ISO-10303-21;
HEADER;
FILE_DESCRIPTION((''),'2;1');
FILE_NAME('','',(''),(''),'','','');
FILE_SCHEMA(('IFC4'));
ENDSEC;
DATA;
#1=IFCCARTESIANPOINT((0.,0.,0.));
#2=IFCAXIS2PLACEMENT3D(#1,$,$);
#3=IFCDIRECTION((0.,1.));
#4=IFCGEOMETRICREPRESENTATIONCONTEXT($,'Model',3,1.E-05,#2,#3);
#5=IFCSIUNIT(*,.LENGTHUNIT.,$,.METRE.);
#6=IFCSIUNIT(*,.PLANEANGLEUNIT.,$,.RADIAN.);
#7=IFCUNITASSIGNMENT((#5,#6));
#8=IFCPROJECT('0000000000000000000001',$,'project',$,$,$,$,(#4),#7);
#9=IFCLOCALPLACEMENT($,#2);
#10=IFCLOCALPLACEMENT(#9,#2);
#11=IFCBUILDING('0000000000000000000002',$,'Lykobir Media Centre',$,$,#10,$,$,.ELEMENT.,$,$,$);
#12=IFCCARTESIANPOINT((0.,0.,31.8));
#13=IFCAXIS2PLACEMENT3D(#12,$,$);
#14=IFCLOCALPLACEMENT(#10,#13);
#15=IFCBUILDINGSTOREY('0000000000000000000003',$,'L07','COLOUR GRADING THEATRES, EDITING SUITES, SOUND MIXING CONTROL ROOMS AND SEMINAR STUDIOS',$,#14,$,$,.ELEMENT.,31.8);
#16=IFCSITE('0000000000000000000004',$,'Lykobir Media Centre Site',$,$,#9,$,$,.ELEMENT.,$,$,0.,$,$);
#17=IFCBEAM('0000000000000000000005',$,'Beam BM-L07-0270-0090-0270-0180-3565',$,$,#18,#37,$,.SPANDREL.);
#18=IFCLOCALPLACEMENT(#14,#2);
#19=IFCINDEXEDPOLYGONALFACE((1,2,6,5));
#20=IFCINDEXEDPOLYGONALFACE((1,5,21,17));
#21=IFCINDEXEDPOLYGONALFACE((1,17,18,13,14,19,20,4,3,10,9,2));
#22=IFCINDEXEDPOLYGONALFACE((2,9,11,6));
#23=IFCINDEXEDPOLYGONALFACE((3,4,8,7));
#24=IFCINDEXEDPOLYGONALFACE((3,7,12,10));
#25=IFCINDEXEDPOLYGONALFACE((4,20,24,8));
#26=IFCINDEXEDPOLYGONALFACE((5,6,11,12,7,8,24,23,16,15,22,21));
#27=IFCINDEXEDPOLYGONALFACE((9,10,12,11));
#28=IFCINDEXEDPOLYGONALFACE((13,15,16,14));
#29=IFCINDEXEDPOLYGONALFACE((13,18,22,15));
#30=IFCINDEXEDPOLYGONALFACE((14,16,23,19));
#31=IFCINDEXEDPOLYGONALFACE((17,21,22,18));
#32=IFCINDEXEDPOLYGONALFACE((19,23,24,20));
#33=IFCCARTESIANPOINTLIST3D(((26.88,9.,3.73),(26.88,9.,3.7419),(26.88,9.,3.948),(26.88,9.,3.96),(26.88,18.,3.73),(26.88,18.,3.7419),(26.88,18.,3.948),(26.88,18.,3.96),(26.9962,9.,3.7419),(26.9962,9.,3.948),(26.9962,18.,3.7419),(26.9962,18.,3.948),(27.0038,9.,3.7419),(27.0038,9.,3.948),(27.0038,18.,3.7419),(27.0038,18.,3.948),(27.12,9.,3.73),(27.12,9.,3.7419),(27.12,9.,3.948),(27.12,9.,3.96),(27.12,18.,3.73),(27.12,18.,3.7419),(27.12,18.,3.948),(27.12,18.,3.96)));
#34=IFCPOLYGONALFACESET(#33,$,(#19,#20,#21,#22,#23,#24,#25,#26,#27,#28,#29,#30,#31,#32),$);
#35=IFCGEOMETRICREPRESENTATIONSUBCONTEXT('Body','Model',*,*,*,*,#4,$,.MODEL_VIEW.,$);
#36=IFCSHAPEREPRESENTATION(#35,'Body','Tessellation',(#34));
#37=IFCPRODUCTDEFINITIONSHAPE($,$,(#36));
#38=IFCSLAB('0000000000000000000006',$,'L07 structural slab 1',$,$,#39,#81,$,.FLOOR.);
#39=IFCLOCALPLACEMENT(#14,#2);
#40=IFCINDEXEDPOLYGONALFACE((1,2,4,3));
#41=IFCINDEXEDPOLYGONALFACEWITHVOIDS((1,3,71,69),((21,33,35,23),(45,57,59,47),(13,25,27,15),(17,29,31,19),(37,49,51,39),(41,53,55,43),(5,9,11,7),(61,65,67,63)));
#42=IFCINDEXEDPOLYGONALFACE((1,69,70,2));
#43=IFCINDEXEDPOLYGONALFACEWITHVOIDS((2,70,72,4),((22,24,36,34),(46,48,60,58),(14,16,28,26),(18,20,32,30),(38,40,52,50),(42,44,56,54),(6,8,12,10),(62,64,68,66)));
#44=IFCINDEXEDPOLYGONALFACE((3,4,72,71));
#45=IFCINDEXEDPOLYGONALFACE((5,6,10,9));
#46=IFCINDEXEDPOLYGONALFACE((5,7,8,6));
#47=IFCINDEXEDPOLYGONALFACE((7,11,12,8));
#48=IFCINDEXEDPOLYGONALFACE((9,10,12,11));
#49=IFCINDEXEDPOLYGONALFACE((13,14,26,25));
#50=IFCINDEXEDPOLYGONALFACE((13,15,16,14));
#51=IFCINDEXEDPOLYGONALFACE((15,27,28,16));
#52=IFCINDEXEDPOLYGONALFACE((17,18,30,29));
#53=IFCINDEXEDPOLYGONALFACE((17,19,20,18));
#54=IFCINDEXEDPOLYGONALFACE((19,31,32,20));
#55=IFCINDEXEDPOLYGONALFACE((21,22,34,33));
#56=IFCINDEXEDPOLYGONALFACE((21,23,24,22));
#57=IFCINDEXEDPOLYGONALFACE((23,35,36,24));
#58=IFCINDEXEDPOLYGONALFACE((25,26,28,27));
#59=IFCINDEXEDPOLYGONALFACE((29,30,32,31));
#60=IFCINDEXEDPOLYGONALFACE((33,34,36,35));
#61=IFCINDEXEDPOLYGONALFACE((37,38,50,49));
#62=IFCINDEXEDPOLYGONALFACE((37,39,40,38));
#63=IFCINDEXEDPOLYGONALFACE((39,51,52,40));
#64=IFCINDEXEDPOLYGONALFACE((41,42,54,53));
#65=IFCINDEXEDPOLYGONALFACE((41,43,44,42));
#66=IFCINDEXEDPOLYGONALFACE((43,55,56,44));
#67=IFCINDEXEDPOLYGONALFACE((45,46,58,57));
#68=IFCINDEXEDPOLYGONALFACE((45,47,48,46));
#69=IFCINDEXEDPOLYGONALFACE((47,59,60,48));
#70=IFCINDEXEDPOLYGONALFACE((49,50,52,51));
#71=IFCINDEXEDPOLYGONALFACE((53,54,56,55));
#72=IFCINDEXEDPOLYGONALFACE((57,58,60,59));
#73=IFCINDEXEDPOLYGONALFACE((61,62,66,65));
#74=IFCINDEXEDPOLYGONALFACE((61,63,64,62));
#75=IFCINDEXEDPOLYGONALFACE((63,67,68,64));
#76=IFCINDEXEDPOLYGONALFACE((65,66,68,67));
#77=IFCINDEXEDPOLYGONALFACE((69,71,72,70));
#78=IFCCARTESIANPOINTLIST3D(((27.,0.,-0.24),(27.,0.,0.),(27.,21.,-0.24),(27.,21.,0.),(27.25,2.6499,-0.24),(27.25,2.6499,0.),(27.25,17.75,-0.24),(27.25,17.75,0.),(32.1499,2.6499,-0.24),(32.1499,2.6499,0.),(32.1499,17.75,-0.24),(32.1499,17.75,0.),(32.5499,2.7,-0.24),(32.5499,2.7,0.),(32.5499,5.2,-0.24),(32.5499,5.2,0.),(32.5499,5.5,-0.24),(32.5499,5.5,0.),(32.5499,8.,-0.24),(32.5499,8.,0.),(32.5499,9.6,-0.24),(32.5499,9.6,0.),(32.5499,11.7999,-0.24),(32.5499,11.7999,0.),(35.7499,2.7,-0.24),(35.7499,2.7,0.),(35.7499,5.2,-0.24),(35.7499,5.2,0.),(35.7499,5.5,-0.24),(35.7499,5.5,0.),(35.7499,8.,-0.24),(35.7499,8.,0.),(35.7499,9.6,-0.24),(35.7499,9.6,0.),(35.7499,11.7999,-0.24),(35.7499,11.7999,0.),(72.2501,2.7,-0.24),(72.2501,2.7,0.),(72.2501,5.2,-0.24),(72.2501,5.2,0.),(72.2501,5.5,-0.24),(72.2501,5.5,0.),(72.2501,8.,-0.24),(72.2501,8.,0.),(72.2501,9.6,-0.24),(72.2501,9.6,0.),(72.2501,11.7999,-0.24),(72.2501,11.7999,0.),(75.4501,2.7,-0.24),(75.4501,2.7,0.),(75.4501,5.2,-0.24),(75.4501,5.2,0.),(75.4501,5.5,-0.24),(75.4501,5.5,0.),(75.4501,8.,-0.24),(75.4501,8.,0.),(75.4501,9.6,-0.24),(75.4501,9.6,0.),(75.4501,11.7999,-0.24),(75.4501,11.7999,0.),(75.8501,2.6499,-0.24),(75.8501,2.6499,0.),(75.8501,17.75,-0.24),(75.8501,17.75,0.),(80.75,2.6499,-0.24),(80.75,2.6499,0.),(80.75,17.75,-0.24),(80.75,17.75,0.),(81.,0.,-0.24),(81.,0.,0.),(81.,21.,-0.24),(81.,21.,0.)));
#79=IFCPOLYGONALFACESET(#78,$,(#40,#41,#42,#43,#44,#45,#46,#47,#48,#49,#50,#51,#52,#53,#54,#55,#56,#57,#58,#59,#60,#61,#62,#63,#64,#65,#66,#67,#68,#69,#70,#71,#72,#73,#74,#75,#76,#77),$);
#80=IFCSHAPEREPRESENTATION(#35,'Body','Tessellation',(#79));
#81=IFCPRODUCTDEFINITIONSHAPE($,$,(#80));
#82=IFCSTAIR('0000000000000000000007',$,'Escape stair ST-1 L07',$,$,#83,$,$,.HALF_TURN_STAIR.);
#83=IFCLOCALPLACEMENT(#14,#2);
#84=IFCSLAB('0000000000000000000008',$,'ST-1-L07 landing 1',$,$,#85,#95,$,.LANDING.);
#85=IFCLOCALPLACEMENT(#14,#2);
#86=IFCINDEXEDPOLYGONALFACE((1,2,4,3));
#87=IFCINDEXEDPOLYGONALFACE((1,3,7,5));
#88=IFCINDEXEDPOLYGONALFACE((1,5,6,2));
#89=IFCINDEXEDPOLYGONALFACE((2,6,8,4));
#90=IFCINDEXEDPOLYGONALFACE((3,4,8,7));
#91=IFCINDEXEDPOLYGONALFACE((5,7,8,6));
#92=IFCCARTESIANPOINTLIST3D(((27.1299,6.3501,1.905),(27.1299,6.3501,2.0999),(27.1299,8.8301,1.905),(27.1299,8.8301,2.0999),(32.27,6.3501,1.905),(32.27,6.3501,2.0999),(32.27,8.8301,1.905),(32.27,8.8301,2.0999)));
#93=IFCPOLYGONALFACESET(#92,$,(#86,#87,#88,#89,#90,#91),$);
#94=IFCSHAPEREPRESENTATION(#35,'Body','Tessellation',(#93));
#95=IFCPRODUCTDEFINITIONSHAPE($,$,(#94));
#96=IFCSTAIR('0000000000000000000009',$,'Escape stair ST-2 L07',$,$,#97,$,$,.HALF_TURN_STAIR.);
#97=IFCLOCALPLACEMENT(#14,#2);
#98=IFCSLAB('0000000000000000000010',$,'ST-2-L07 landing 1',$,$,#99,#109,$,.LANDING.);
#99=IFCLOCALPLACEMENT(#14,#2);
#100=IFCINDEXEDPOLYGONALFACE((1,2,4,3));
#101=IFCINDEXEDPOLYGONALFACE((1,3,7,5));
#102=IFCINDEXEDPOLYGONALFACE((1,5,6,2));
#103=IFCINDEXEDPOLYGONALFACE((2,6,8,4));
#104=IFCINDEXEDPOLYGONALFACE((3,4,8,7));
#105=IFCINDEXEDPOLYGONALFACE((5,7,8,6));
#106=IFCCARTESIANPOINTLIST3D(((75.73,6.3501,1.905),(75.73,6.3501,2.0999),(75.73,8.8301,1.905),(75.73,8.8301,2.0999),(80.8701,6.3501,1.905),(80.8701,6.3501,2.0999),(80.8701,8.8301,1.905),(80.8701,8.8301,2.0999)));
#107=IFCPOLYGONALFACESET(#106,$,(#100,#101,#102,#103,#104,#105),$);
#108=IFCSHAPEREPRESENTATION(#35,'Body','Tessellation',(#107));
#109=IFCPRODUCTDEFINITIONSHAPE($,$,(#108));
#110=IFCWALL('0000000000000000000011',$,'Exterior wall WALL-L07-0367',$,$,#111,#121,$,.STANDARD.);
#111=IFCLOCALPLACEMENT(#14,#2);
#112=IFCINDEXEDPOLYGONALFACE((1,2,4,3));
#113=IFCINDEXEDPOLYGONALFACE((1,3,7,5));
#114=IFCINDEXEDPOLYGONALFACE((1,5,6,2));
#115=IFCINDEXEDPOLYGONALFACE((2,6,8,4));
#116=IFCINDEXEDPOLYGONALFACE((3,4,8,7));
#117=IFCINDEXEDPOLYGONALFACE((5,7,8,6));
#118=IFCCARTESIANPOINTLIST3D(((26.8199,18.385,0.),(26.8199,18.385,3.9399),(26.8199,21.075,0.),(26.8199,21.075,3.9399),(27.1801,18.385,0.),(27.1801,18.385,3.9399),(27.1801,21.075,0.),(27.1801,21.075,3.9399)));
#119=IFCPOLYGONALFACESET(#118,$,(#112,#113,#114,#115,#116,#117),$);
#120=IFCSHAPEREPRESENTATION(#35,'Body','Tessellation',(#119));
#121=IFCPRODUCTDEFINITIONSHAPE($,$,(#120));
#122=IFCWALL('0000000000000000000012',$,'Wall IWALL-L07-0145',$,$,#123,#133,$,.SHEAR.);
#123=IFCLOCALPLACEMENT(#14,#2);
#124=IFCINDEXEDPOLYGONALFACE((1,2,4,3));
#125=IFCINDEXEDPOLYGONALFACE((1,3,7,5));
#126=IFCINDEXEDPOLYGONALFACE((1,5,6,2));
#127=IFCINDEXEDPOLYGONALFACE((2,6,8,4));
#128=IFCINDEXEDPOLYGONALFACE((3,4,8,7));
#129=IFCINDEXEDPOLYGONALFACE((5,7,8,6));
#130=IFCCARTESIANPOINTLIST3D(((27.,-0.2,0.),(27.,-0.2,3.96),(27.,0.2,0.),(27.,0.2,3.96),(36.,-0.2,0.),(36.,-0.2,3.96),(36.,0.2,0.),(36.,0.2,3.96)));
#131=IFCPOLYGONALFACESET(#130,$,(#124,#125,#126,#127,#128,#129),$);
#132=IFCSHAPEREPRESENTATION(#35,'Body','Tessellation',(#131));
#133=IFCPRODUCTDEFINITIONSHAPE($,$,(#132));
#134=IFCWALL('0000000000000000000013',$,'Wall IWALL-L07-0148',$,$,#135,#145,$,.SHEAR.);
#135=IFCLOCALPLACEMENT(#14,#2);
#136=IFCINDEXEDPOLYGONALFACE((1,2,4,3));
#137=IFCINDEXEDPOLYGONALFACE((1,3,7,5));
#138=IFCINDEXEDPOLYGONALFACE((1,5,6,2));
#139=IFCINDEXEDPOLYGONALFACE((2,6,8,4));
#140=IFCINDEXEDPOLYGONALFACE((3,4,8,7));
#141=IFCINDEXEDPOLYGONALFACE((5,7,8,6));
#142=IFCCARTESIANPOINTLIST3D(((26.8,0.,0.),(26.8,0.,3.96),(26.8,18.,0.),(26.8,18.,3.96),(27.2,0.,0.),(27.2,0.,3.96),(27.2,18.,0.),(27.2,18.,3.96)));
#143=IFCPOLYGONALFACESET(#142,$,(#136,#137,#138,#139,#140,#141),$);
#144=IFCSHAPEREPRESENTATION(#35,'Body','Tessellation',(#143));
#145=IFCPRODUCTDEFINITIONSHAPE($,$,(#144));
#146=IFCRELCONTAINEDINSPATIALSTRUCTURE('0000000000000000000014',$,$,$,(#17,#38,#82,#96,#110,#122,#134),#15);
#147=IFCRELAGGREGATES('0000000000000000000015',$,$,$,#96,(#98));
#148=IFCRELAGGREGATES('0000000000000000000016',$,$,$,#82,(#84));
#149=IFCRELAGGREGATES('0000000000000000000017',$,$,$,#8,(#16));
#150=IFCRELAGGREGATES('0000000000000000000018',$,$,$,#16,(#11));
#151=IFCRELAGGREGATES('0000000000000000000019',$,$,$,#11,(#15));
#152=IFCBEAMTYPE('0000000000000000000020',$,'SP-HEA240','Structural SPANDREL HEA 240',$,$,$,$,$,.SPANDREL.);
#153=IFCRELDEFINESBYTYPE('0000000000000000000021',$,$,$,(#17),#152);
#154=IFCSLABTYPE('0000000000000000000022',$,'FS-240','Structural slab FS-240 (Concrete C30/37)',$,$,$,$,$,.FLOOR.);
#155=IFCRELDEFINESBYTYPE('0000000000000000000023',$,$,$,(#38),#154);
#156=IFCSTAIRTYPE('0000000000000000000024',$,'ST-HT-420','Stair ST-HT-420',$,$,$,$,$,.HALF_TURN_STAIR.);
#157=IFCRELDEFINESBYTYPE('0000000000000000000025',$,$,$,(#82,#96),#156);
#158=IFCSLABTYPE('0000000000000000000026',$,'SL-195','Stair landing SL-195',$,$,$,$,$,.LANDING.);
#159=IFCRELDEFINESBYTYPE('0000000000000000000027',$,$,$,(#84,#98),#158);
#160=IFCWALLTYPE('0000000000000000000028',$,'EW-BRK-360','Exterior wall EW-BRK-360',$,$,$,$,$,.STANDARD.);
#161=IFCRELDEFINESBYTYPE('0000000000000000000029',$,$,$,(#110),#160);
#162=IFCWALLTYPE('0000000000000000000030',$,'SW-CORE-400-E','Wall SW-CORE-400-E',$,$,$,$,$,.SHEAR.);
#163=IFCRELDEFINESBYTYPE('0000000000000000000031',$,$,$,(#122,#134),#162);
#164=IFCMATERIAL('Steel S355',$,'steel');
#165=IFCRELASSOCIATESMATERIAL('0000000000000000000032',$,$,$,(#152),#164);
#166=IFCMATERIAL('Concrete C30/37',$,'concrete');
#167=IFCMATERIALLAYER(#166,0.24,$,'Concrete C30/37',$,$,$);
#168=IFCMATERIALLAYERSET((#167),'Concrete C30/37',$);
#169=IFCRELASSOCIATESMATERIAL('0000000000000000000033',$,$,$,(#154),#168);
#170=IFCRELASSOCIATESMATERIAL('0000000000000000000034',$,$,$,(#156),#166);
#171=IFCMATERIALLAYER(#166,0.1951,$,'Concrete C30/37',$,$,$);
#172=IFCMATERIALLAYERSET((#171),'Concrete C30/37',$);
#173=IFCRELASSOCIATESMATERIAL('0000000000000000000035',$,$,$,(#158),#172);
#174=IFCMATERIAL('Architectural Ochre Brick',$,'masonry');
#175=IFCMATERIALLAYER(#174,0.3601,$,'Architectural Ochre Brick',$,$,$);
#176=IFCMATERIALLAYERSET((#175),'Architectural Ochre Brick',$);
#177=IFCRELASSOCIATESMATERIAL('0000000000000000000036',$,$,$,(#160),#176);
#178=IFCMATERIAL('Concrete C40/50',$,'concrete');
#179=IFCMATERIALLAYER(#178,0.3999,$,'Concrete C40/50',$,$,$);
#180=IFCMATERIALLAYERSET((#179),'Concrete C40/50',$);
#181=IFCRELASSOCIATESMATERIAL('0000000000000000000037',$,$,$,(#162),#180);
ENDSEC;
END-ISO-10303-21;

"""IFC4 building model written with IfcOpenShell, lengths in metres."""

from ifc_helpers import new_model, si_unit, direction, frame, frame_2d, origin, origin_2d, place, context, subcontext, project, spatial, polyline, rectangle, i_section, outline, extrude, material, layer, layer_set, material_profile, profile_set, type_object, element, aggregate, save


model = new_model("IFC4")

# Units and contexts
model_context = context("Model", 3, precision=1e-05, world=origin(), true_north=direction((0.0, 1.0)))
body_context = subcontext(model_context, "Body", "Model", "MODEL_VIEW")
ifc_project = project(units=[si_unit("LENGTHUNIT", "METRE"), si_unit("PLANEANGLEUNIT", "RADIAN")], contexts=[model_context])

# Site, building, storey
site_placement = place(None, origin())
site = spatial("IfcSite", under=ifc_project, at=site_placement, Name="Lykobir Media Centre Site", CompositionType="ELEMENT", RefElevation=0.0)
building_placement = place(site_placement, origin())
building = spatial("IfcBuilding", under=site, at=building_placement, Name="Lykobir Media Centre", CompositionType="ELEMENT")
storey_placement = place(building_placement, frame((0.0, 0.0, 31.8)))
storey = spatial("IfcBuildingStorey", under=building, at=storey_placement, Name="L07", Description="COLOUR GRADING THEATRES, EDITING SUITES, SOUND MIXING CONTROL ROOMS AND SEMINAR STUDIOS", CompositionType="ELEMENT", Elevation=31.8)

# Shared definitions
ifc_material_1 = material(Name="Concrete C40/50", Category="concrete")

# Beam
ifc_material_2 = material(Name="Steel S355", Category="steel")
ifc_material_profile_1 = material_profile(ifc_material_2, i_section(OverallWidth=0.24, OverallDepth=0.23, WebThickness=0.0076, FlangeThickness=0.012, at=origin_2d()), Name="HEA 240")
ifc_profile_set_1 = profile_set([ifc_material_profile_1], Name="Steel S355")
beam_type_1 = type_object("IfcBeamType", Name="SP-HEA240", Description="Structural SPANDREL HEA 240", PredefinedType="SPANDREL", material=ifc_profile_set_1)
for number, where, z_axis, x_axis, name in (
    (1, (27.0, 9.0, 3.845), (0.0, 1.0, 0.0), (-1.0, 0.0, 0.0), "Beam BM-L07-0270-0090-0270-0180-3565"),
):
    element("IfcBeam", number, at=place(storey_placement, frame(where, z_axis=z_axis, x_axis=x_axis)), inside=storey, type_object=beam_type_1, Name=name, PredefinedType="SPANDREL", context=body_context, shape_type="SweptSolid", body=[
        extrude(i_section(OverallWidth=0.24, OverallDepth=0.23, WebThickness=0.0076, FlangeThickness=0.012, at=origin_2d()), origin(), (0.0, 0.0, 1.0), 9.0),
    ])

# Slab, openings
ifc_material_3 = material(Name="Concrete C30/37", Category="concrete")
ifc_layer_1 = layer(ifc_material_3, 0.24, Name="Concrete C30/37")
ifc_layer_set_1 = layer_set([ifc_layer_1], Name="Concrete C30/37")
slab_type_1 = type_object("IfcSlabType", Name="FS-240", Description="Structural slab FS-240 (Concrete C30/37)", PredefinedType="FLOOR", material=ifc_layer_set_1)
slab_1_placement = place(storey_placement, frame((0.0, 0.0, -0.24)))
slab_1 = element("IfcSlab", 2, at=slab_1_placement, inside=storey, type_object=slab_type_1, Name="L07 structural slab 1", PredefinedType="FLOOR", context=body_context, shape_type="SweptSolid", body=[
    extrude(outline(polyline([(81.0, 0.0), (81.0, 21.0), (27.0, 21.0), (27.0, 0.0), (81.0, 0.0)]), holes=[polyline([(27.25, 2.6499), (27.25, 17.75), (32.1499, 17.75), (32.1499, 2.6499), (27.25, 2.6499)]), polyline([(75.8501, 2.6499), (75.8501, 17.75), (80.75, 17.75), (80.75, 2.6499), (75.8501, 2.6499)])]), origin(), (0.0, 0.0, 1.0), 0.24),
])
opening_1_placement = place(slab_1_placement, frame((34.1499, 3.95, 0.0)))
element("IfcOpeningElement", 3, at=opening_1_placement, cuts=slab_1, PredefinedType="OPENING", context=body_context, shape_type="SweptSolid", body=[
    extrude(rectangle(XDim=3.2, YDim=2.5, at=origin_2d()), origin(), (0.0, 0.0, 1.0), 0.24),
])
opening_2_placement = place(slab_1_placement, frame((34.1499, 6.75, 0.0)))
element("IfcOpeningElement", 4, at=opening_2_placement, cuts=slab_1, PredefinedType="OPENING", context=body_context, shape_type="SweptSolid", body=[
    extrude(rectangle(XDim=3.2, YDim=2.5, at=origin_2d()), origin(), (0.0, 0.0, 1.0), 0.24),
])
opening_3_placement = place(slab_1_placement, frame((34.1499, 10.7, 0.0)))
element("IfcOpeningElement", 5, at=opening_3_placement, cuts=slab_1, PredefinedType="OPENING", context=body_context, shape_type="SweptSolid", body=[
    extrude(rectangle(XDim=3.2, YDim=2.2, at=origin_2d()), origin(), (0.0, 0.0, 1.0), 0.24),
])
opening_4_placement = place(slab_1_placement, frame((73.8501, 3.95, 0.0)))
element("IfcOpeningElement", 6, at=opening_4_placement, cuts=slab_1, PredefinedType="OPENING", context=body_context, shape_type="SweptSolid", body=[
    extrude(rectangle(XDim=3.2, YDim=2.5, at=origin_2d()), origin(), (0.0, 0.0, 1.0), 0.24),
])
opening_5_placement = place(slab_1_placement, frame((73.8501, 6.75, 0.0)))
element("IfcOpeningElement", 7, at=opening_5_placement, cuts=slab_1, PredefinedType="OPENING", context=body_context, shape_type="SweptSolid", body=[
    extrude(rectangle(XDim=3.2, YDim=2.5, at=origin_2d()), origin(), (0.0, 0.0, 1.0), 0.24),
])
opening_6_placement = place(slab_1_placement, frame((73.8501, 10.7, 0.0)))
element("IfcOpeningElement", 8, at=opening_6_placement, cuts=slab_1, PredefinedType="OPENING", context=body_context, shape_type="SweptSolid", body=[
    extrude(rectangle(XDim=3.2, YDim=2.2, at=origin_2d()), origin(), (0.0, 0.0, 1.0), 0.24),
])

# Stairs, slabs
stair_type = type_object("IfcStairType", Name="ST-HT-420", Description="Stair ST-HT-420", PredefinedType="HALF_TURN_STAIR", material=ifc_material_3)
stair_1_placement = place(storey_placement, origin())
stair_1 = element("IfcStair", 9, at=stair_1_placement, inside=storey, type_object=stair_type, Name="Escape stair ST-1 L07", PredefinedType="HALF_TURN_STAIR")
ifc_layer_2 = layer(ifc_material_3, 0.1951, Name="Concrete C30/37")
ifc_layer_set_2 = layer_set([ifc_layer_2], Name="Concrete C30/37")
slab_type_2 = type_object("IfcSlabType", Name="SL-195", Description="Stair landing SL-195", PredefinedType="LANDING", material=ifc_layer_set_2)
slab_2_placement = place(storey_placement, frame((0.0, 0.0, 1.905)))
slab_2 = element("IfcSlab", 10, at=slab_2_placement, type_object=slab_type_2, Name="ST-1-L07 landing 1", PredefinedType="LANDING", context=body_context, shape_type="SweptSolid", body=[
    extrude(outline(polyline([(27.1299, 6.3501), (32.27, 6.3501), (32.27, 8.8301), (27.1299, 8.8301), (27.1299, 6.3501)])), origin(), (0.0, 0.0, 1.0), 0.1948),
])
stair_2_placement = place(storey_placement, origin())
stair_2 = element("IfcStair", 11, at=stair_2_placement, inside=storey, type_object=stair_type, Name="Escape stair ST-2 L07", PredefinedType="HALF_TURN_STAIR")
slab_3_placement = place(storey_placement, frame((0.0, 0.0, 1.905)))
slab_3 = element("IfcSlab", 12, at=slab_3_placement, type_object=slab_type_2, Name="ST-2-L07 landing 1", PredefinedType="LANDING", context=body_context, shape_type="SweptSolid", body=[
    extrude(outline(polyline([(75.73, 6.3501), (80.8701, 6.3501), (80.8701, 8.8301), (75.73, 8.8301), (75.73, 6.3501)])), origin(), (0.0, 0.0, 1.0), 0.1948),
])
aggregate(stair_2, [slab_3])

# Walls
ifc_material_4 = material(Name="Architectural Ochre Brick", Category="masonry")
ifc_layer_3 = layer(ifc_material_4, 0.3601, Name="Architectural Ochre Brick")
ifc_layer_set_3 = layer_set([ifc_layer_3], Name="Architectural Ochre Brick")
wall_type_1 = type_object("IfcWallType", Name="EW-BRK-360", Description="Exterior wall EW-BRK-360", PredefinedType="STANDARD", material=ifc_layer_set_3)
wall_1_placement = place(storey_placement, frame((27.0, 21.075, 0.0), z_axis=(0.0, 0.0, 1.0), x_axis=(0.0, -1.0, 0.0)))
element("IfcWall", 13, at=wall_1_placement, inside=storey, type_object=wall_type_1, Name="Exterior wall WALL-L07-0367", PredefinedType="STANDARD", context=body_context, shape_type="SweptSolid", body=[
    extrude(rectangle(XDim=2.6899, YDim=0.3601, at=frame_2d((1.345, 0.0))), origin(), (0.0, 0.0, 1.0), 3.9399),
])
ifc_layer_4 = layer(ifc_material_1, 0.3999, Name="Concrete C40/50")
ifc_layer_set_4 = layer_set([ifc_layer_4], Name="Concrete C40/50")
wall_type_2 = type_object("IfcWallType", Name="SW-CORE-400-E", Description="Wall SW-CORE-400-E", PredefinedType="SHEAR", material=ifc_layer_set_4)
wall_2_placement = place(storey_placement, frame((27.0, 0.0, 0.0), z_axis=(0.0, 0.0, 1.0), x_axis=(1.0, 0.0, 0.0)))
element("IfcWall", 14, at=wall_2_placement, inside=storey, type_object=wall_type_2, Name="Wall IWALL-L07-0145", PredefinedType="SHEAR", context=body_context, shape_type="SweptSolid", body=[
    extrude(rectangle(XDim=9.0, YDim=0.3999, at=frame_2d((4.5, 0.0))), origin(), (0.0, 0.0, 1.0), 3.96),
])
wall_3_placement = place(storey_placement, frame((27.0, 18.0, 0.0), z_axis=(0.0, 0.0, 1.0), x_axis=(0.0, -1.0, 0.0)))
element("IfcWall", 15, at=wall_3_placement, inside=storey, type_object=wall_type_2, Name="Wall IWALL-L07-0148", PredefinedType="SHEAR", context=body_context, shape_type="SweptSolid", body=[
    extrude(rectangle(XDim=18.0, YDim=0.3999, at=frame_2d((9.0, 0.0))), origin(), (0.0, 0.0, 1.0), 3.96),
])

aggregate(stair_1, [slab_2])

save(model, "model.ifc")
